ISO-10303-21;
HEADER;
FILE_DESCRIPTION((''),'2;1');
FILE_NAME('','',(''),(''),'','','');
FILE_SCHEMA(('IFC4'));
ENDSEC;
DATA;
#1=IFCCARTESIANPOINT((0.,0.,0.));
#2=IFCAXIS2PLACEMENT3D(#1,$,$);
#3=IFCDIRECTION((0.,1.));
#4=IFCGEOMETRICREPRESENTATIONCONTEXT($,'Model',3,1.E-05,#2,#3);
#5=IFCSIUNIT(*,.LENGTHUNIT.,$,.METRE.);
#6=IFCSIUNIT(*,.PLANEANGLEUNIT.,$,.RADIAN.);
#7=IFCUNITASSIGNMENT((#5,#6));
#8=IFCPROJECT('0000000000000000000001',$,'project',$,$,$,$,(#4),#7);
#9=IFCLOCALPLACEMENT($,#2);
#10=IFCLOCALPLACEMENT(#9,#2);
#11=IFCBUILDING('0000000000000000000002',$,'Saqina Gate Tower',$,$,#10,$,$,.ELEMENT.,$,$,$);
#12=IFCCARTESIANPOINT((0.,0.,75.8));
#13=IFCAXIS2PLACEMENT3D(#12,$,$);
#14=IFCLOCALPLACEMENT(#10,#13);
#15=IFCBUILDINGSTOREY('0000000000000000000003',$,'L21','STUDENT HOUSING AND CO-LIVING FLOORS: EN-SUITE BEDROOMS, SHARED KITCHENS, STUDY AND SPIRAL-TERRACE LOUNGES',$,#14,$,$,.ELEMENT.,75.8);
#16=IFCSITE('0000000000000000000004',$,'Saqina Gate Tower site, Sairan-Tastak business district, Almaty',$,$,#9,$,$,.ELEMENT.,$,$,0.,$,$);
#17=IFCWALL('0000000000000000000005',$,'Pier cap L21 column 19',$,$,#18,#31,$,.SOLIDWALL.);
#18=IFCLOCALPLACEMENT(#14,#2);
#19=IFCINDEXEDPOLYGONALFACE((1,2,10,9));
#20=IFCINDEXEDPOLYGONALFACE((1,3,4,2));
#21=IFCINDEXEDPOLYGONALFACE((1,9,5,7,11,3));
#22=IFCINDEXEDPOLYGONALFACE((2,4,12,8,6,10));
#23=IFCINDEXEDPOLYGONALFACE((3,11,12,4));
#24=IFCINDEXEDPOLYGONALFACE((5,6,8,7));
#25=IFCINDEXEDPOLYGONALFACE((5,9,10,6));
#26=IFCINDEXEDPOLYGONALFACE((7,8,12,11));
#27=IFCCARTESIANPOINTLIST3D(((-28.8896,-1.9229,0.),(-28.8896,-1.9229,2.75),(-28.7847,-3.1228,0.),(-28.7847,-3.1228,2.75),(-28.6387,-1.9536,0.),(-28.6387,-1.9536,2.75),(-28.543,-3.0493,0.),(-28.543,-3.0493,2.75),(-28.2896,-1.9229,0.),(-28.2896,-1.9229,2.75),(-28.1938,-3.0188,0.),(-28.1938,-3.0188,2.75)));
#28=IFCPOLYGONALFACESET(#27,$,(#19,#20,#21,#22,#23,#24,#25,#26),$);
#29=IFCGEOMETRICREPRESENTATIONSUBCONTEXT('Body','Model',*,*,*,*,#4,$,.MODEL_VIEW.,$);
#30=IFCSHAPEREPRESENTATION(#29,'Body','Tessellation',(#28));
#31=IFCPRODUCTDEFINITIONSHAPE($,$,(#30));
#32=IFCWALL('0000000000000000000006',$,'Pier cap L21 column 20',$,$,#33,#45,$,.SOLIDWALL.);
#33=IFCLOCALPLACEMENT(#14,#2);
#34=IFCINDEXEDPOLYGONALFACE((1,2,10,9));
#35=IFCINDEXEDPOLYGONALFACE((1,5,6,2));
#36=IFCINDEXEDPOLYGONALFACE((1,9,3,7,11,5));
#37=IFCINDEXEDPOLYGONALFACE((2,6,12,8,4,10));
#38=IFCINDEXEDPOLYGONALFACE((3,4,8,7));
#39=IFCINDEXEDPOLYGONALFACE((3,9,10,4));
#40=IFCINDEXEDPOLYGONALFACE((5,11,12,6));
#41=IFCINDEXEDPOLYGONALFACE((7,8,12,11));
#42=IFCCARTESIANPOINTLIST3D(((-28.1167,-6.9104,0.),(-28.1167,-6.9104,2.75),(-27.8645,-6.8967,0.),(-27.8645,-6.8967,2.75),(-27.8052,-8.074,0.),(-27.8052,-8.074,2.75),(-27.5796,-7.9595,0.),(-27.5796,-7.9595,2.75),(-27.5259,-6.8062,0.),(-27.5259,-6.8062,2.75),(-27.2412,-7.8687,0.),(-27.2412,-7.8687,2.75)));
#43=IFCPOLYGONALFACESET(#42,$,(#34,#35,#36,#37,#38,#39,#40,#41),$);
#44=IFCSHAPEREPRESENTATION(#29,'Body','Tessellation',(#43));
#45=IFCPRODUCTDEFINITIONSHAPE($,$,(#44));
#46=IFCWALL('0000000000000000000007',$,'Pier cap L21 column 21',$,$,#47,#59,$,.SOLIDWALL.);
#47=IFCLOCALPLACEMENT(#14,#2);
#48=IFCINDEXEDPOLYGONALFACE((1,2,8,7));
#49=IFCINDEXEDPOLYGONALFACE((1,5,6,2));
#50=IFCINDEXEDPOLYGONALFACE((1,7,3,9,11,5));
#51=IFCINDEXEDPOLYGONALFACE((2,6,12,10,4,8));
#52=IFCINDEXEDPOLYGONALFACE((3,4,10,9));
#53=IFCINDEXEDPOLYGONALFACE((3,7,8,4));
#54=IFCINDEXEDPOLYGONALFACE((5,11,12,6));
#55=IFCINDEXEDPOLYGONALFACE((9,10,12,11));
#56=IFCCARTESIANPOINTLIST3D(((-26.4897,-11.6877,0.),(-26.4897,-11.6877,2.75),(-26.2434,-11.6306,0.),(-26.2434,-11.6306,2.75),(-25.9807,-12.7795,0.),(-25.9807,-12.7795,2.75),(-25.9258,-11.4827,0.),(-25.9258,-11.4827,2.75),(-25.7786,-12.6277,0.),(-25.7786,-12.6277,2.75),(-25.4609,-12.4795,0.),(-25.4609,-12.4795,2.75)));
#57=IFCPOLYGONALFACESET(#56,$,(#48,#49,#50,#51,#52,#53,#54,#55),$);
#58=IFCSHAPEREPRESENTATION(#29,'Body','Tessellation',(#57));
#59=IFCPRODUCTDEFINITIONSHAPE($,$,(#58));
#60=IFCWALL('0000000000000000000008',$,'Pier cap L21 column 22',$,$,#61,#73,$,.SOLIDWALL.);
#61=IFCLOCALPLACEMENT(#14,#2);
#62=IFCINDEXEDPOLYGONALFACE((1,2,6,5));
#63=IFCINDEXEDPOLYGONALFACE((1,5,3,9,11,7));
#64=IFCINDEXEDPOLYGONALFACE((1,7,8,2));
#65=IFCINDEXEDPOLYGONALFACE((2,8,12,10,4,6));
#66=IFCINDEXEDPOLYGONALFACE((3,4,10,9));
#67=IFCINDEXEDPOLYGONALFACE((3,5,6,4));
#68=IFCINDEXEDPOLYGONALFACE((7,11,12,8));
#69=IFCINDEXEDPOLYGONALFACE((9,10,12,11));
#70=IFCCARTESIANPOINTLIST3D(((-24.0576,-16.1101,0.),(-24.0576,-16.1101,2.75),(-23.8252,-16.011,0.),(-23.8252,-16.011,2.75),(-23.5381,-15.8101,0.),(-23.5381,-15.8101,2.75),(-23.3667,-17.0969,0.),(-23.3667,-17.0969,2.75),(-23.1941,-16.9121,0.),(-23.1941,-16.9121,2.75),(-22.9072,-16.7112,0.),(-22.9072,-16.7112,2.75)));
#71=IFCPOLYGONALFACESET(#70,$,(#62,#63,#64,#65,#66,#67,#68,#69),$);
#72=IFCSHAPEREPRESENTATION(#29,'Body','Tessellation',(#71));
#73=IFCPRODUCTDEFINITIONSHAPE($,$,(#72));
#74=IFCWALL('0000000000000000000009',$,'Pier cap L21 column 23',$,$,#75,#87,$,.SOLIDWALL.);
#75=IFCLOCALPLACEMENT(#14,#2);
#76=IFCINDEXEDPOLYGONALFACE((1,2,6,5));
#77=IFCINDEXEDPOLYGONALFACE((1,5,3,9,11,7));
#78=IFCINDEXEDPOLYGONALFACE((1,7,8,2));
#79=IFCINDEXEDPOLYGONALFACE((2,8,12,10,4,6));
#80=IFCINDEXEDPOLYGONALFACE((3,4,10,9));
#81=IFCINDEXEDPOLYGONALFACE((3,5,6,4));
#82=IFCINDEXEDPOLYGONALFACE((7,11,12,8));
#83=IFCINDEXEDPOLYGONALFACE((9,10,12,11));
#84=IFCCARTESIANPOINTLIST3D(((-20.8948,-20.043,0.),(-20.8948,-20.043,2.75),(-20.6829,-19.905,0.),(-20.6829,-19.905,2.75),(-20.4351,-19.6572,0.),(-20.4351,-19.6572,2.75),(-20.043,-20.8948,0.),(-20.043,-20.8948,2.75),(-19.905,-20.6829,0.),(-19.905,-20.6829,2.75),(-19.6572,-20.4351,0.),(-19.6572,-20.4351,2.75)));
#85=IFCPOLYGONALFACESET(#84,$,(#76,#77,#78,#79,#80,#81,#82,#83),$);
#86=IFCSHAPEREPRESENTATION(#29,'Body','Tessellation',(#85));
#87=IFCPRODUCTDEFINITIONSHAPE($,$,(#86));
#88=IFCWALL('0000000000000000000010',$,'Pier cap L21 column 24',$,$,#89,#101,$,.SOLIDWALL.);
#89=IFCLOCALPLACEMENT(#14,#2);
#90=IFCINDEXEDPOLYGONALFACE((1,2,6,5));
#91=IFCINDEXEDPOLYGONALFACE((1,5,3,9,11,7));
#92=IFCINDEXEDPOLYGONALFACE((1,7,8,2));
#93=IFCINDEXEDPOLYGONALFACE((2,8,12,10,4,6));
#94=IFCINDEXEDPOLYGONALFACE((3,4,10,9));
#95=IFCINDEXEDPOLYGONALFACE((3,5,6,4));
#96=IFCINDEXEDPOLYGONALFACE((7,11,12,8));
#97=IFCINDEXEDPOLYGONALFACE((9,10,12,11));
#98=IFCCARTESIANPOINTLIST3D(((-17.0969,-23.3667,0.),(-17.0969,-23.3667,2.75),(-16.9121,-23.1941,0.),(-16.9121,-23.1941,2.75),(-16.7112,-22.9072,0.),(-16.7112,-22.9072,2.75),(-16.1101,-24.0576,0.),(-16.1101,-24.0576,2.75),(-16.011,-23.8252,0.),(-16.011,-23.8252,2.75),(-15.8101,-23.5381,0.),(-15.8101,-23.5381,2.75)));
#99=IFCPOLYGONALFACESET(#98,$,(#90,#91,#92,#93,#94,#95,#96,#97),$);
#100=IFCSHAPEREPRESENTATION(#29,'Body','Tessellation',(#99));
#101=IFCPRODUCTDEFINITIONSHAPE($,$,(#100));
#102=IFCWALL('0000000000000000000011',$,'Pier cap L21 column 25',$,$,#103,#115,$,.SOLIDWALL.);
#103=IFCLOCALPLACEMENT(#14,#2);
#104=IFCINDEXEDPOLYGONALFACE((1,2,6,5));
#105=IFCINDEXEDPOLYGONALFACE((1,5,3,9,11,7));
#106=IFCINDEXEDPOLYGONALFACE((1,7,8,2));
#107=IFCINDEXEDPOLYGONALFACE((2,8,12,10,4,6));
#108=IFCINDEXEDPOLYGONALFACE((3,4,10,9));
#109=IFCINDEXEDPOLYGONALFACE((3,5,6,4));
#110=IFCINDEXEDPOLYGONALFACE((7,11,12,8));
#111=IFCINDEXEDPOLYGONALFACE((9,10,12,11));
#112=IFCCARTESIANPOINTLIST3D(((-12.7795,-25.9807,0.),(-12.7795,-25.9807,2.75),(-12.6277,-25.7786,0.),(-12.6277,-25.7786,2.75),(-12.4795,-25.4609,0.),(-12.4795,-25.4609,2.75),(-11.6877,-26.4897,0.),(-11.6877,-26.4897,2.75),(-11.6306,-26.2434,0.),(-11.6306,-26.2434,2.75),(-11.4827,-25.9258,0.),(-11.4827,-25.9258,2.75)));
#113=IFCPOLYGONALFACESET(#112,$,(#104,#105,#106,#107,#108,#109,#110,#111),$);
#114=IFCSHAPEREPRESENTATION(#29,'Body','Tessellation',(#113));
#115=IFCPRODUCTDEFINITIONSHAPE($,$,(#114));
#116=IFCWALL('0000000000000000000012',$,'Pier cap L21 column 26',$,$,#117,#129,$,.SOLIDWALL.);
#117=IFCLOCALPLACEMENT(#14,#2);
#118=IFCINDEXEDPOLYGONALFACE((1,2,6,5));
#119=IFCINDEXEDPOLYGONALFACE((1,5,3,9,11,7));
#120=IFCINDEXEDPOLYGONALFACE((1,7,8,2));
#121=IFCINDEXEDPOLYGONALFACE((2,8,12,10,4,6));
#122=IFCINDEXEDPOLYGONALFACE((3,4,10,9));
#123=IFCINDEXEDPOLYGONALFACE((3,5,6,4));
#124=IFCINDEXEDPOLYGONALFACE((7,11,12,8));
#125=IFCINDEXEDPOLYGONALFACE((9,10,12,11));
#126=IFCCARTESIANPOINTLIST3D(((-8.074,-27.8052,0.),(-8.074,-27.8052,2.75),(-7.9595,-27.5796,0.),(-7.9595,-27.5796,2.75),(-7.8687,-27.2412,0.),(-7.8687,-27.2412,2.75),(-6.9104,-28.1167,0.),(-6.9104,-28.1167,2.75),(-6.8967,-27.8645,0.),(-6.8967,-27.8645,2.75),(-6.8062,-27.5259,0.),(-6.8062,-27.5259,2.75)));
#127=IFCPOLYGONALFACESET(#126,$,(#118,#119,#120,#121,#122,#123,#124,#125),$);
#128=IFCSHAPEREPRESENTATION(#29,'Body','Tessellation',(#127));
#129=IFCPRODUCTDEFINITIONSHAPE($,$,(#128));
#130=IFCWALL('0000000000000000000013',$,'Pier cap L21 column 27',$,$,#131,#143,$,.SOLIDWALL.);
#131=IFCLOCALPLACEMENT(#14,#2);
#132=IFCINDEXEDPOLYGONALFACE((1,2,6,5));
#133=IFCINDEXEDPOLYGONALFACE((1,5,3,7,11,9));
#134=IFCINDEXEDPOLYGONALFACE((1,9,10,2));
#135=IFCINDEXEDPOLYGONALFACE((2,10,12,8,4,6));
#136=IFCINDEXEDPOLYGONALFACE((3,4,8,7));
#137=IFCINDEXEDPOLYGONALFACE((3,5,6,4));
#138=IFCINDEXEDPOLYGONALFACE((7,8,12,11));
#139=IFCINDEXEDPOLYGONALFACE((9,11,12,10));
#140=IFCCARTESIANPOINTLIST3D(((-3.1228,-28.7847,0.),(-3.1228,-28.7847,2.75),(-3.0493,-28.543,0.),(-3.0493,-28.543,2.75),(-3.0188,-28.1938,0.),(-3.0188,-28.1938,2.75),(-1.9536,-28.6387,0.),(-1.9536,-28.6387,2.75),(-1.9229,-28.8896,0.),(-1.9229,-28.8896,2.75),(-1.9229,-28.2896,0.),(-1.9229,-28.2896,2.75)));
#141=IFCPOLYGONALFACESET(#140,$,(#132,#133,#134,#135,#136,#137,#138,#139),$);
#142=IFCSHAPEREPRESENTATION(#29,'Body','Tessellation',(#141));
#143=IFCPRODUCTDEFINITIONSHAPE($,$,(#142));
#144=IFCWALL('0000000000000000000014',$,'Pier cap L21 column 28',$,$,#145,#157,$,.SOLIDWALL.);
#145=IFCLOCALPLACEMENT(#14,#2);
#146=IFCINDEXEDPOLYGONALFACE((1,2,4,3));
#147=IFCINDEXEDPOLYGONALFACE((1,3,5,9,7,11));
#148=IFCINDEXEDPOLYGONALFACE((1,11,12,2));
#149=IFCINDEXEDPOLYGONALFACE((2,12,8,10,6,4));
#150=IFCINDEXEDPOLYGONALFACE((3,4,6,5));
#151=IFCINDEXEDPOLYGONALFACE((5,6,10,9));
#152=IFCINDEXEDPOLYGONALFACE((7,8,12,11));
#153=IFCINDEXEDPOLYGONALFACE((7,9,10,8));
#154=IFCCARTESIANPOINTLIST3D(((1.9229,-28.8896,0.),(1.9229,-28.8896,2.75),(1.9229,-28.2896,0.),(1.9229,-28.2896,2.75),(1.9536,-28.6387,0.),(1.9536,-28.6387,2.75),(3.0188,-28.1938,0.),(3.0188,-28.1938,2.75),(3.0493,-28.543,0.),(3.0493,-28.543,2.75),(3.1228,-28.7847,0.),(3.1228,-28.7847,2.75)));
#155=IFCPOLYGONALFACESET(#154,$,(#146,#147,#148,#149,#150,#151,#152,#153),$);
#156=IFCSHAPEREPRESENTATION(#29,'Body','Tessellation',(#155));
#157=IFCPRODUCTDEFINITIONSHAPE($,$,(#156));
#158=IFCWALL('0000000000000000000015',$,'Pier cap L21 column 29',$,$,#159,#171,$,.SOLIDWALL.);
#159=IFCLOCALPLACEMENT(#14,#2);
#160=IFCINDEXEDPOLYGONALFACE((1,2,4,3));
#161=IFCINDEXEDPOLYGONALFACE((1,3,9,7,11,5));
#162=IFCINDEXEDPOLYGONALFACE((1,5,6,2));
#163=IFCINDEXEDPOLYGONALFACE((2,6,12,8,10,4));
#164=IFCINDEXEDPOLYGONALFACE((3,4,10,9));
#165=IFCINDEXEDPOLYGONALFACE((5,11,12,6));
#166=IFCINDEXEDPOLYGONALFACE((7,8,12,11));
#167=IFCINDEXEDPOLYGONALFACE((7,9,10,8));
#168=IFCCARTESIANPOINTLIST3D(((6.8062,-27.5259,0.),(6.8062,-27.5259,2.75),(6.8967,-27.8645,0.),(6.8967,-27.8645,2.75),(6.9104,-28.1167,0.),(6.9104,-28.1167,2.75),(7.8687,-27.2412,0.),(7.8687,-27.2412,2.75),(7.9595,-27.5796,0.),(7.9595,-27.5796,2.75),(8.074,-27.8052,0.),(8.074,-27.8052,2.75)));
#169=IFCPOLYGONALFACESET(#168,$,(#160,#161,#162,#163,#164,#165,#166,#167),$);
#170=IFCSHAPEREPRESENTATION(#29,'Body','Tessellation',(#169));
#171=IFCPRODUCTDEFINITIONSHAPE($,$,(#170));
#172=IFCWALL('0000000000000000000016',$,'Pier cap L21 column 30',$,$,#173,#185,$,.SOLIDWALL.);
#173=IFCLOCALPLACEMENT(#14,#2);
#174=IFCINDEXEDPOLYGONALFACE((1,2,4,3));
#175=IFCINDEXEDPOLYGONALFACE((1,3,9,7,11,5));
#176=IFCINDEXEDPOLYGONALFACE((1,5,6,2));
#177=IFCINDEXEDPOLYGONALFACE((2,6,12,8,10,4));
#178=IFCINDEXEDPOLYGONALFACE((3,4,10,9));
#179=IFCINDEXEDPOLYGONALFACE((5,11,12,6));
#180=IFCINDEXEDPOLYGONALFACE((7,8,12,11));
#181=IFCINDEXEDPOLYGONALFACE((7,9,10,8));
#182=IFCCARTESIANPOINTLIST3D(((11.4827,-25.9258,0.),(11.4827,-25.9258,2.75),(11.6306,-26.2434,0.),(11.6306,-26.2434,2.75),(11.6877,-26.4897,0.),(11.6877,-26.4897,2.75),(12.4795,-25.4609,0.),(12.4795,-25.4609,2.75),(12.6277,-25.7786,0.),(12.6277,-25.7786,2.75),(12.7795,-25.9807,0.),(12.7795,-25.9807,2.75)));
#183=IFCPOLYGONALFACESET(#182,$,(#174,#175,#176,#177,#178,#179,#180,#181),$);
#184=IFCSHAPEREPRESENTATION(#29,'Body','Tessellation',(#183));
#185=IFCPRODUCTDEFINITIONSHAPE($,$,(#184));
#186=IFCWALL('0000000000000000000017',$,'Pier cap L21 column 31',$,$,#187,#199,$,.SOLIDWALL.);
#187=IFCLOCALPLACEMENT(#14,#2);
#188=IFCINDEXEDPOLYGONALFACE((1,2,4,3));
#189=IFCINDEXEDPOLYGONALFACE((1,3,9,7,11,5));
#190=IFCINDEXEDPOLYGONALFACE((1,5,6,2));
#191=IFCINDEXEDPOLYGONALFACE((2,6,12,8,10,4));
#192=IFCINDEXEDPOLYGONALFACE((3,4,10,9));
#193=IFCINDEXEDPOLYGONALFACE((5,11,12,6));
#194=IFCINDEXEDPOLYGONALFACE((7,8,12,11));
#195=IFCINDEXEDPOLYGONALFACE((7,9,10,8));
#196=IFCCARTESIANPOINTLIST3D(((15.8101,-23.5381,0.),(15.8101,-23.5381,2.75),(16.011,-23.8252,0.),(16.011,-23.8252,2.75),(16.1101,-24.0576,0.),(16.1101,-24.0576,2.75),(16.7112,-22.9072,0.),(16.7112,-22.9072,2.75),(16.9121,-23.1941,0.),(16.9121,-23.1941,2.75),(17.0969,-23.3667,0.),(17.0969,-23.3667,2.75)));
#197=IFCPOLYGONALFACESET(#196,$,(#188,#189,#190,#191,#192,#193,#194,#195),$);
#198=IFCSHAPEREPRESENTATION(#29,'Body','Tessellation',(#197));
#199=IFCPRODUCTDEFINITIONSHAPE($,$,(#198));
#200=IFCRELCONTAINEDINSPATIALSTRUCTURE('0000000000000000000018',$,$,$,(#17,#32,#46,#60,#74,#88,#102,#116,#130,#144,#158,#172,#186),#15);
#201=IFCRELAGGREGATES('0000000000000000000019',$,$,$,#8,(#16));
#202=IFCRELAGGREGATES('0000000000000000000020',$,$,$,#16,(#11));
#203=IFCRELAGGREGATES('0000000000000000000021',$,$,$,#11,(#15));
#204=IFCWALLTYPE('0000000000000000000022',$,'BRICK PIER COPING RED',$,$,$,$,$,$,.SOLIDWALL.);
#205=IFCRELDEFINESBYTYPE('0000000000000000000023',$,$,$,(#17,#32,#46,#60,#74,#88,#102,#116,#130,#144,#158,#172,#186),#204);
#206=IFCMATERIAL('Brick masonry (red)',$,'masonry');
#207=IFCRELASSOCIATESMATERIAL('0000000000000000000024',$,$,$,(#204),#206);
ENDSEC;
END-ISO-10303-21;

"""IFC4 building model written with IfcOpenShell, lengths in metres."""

from ifc_helpers import new_model, si_unit, direction, frame, origin, place, context, subcontext, project, spatial, polyline, outline, extrude, material, type_object, element, save


model = new_model("IFC4")

# Units and contexts
model_context = context("Model", 3, precision=1e-05, world=origin(), true_north=direction((0.0, 1.0)))
body_context = subcontext(model_context, "Body", "Model", "MODEL_VIEW")
ifc_project = project(units=[si_unit("LENGTHUNIT", "METRE"), si_unit("PLANEANGLEUNIT", "RADIAN")], contexts=[model_context])

# Site, building, storey
site_placement = place(None, origin())
site = spatial("IfcSite", under=ifc_project, at=site_placement, Name="Saqina Gate Tower site, Sairan-Tastak business district, Almaty", CompositionType="ELEMENT", RefElevation=0.0)
building_placement = place(site_placement, origin())
building = spatial("IfcBuilding", under=site, at=building_placement, Name="Saqina Gate Tower", CompositionType="ELEMENT")
storey_placement = place(building_placement, frame((0.0, 0.0, 75.8)))
storey = spatial("IfcBuildingStorey", under=building, at=storey_placement, Name="L21", Description="STUDENT HOUSING AND CO-LIVING FLOORS: EN-SUITE BEDROOMS, SHARED KITCHENS, STUDY AND SPIRAL-TERRACE LOUNGES", CompositionType="ELEMENT", Elevation=75.8)

# Walls
ifc_material = material(Name="Brick masonry (red)", Category="masonry")
wall_type = type_object("IfcWallType", Name="BRICK PIER COPING RED", PredefinedType="SOLIDWALL", material=ifc_material)
wall_1_placement = place(storey_placement, origin())
element("IfcWall", 1, at=wall_1_placement, inside=storey, type_object=wall_type, Name="Pier cap L21 column 19", PredefinedType="SOLIDWALL", context=body_context, shape_type="SweptSolid", body=[
    extrude(outline(polyline([(-28.8896, -1.9229), (-28.7847, -3.1228), (-28.1938, -3.0188), (-28.543, -3.0493), (-28.6387, -1.9536), (-28.2896, -1.9229), (-28.8896, -1.9229)])), origin(), (0.0, 0.0, 1.0), 2.75),
])
wall_2_placement = place(storey_placement, origin())
element("IfcWall", 2, at=wall_2_placement, inside=storey, type_object=wall_type, Name="Pier cap L21 column 20", PredefinedType="SOLIDWALL", context=body_context, shape_type="SweptSolid", body=[
    extrude(outline(polyline([(-28.1167, -6.9104), (-27.8052, -8.074), (-27.2412, -7.8687), (-27.5796, -7.9595), (-27.8645, -6.8967), (-27.5259, -6.8062), (-28.1167, -6.9104)])), origin(), (0.0, 0.0, 1.0), 2.75),
])
wall_3_placement = place(storey_placement, origin())
element("IfcWall", 3, at=wall_3_placement, inside=storey, type_object=wall_type, Name="Pier cap L21 column 21", PredefinedType="SOLIDWALL", context=body_context, shape_type="SweptSolid", body=[
    extrude(outline(polyline([(-25.9807, -12.7795), (-25.4609, -12.4795), (-25.7786, -12.6277), (-26.2434, -11.6306), (-25.9258, -11.4827), (-26.4897, -11.6877), (-25.9807, -12.7795)])), origin(), (0.0, 0.0, 1.0), 2.75),
])
wall_4_placement = place(storey_placement, origin())
element("IfcWall", 4, at=wall_4_placement, inside=storey, type_object=wall_type, Name="Pier cap L21 column 22", PredefinedType="SOLIDWALL", context=body_context, shape_type="SweptSolid", body=[
    extrude(outline(polyline([(-24.0576, -16.1101), (-23.3667, -17.0969), (-22.9072, -16.7112), (-23.1941, -16.9121), (-23.8252, -16.011), (-23.5381, -15.8101), (-24.0576, -16.1101)])), origin(), (0.0, 0.0, 1.0), 2.75),
])
wall_5_placement = place(storey_placement, origin())
element("IfcWall", 5, at=wall_5_placement, inside=storey, type_object=wall_type, Name="Pier cap L21 column 23", PredefinedType="SOLIDWALL", context=body_context, shape_type="SweptSolid", body=[
    extrude(outline(polyline([(-20.043, -20.8948), (-19.6572, -20.4351), (-19.905, -20.6829), (-20.6829, -19.905), (-20.4351, -19.6572), (-20.8948, -20.043), (-20.043, -20.8948)])), origin(), (0.0, 0.0, 1.0), 2.75),
])
wall_6_placement = place(storey_placement, origin())
element("IfcWall", 6, at=wall_6_placement, inside=storey, type_object=wall_type, Name="Pier cap L21 column 24", PredefinedType="SOLIDWALL", context=body_context, shape_type="SweptSolid", body=[
    extrude(outline(polyline([(-17.0969, -23.3667), (-16.1101, -24.0576), (-15.8101, -23.5381), (-16.011, -23.8252), (-16.9121, -23.1941), (-16.7112, -22.9072), (-17.0969, -23.3667)])), origin(), (0.0, 0.0, 1.0), 2.75),
])
wall_7_placement = place(storey_placement, origin())
element("IfcWall", 7, at=wall_7_placement, inside=storey, type_object=wall_type, Name="Pier cap L21 column 25", PredefinedType="SOLIDWALL", context=body_context, shape_type="SweptSolid", body=[
    extrude(outline(polyline([(-11.6877, -26.4897), (-11.4827, -25.9258), (-11.6306, -26.2434), (-12.6277, -25.7786), (-12.4795, -25.4609), (-12.7795, -25.9807), (-11.6877, -26.4897)])), origin(), (0.0, 0.0, 1.0), 2.75),
])
wall_8_placement = place(storey_placement, origin())
element("IfcWall", 8, at=wall_8_placement, inside=storey, type_object=wall_type, Name="Pier cap L21 column 26", PredefinedType="SOLIDWALL", context=body_context, shape_type="SweptSolid", body=[
    extrude(outline(polyline([(-6.9104, -28.1167), (-6.8062, -27.5259), (-6.8967, -27.8645), (-7.9595, -27.5796), (-7.8687, -27.2412), (-8.074, -27.8052), (-6.9104, -28.1167)])), origin(), (0.0, 0.0, 1.0), 2.75),
])
wall_9_placement = place(storey_placement, origin())
element("IfcWall", 9, at=wall_9_placement, inside=storey, type_object=wall_type, Name="Pier cap L21 column 27", PredefinedType="SOLIDWALL", context=body_context, shape_type="SweptSolid", body=[
    extrude(outline(polyline([(-3.1228, -28.7847), (-1.9229, -28.8896), (-1.9229, -28.2896), (-1.9536, -28.6387), (-3.0493, -28.543), (-3.0188, -28.1938), (-3.1228, -28.7847)])), origin(), (0.0, 0.0, 1.0), 2.75),
])
wall_10_placement = place(storey_placement, origin())
element("IfcWall", 10, at=wall_10_placement, inside=storey, type_object=wall_type, Name="Pier cap L21 column 28", PredefinedType="SOLIDWALL", context=body_context, shape_type="SweptSolid", body=[
    extrude(outline(polyline([(1.9229, -28.8896), (3.1228, -28.7847), (3.0188, -28.1938), (3.0493, -28.543), (1.9536, -28.6387), (1.9229, -28.2896), (1.9229, -28.8896)])), origin(), (0.0, 0.0, 1.0), 2.75),
])
wall_11_placement = place(storey_placement, origin())
element("IfcWall", 11, at=wall_11_placement, inside=storey, type_object=wall_type, Name="Pier cap L21 column 29", PredefinedType="SOLIDWALL", context=body_context, shape_type="SweptSolid", body=[
    extrude(outline(polyline([(6.9104, -28.1167), (8.074, -27.8052), (7.8687, -27.2412), (7.9595, -27.5796), (6.8967, -27.8645), (6.8062, -27.5259), (6.9104, -28.1167)])), origin(), (0.0, 0.0, 1.0), 2.75),
])
wall_12_placement = place(storey_placement, origin())
element("IfcWall", 12, at=wall_12_placement, inside=storey, type_object=wall_type, Name="Pier cap L21 column 30", PredefinedType="SOLIDWALL", context=body_context, shape_type="SweptSolid", body=[
    extrude(outline(polyline([(12.7795, -25.9807), (12.4795, -25.4609), (12.6277, -25.7786), (11.6306, -26.2434), (11.4827, -25.9258), (11.6877, -26.4897), (12.7795, -25.9807)])), origin(), (0.0, 0.0, 1.0), 2.75),
])
wall_13_placement = place(storey_placement, origin())
element("IfcWall", 13, at=wall_13_placement, inside=storey, type_object=wall_type, Name="Pier cap L21 column 31", PredefinedType="SOLIDWALL", context=body_context, shape_type="SweptSolid", body=[
    extrude(outline(polyline([(16.1101, -24.0576), (17.0969, -23.3667), (16.7112, -22.9072), (16.9121, -23.1941), (16.011, -23.8252), (15.8101, -23.5381), (16.1101, -24.0576)])), origin(), (0.0, 0.0, 1.0), 2.75),
])

save(model, "model.ifc")
